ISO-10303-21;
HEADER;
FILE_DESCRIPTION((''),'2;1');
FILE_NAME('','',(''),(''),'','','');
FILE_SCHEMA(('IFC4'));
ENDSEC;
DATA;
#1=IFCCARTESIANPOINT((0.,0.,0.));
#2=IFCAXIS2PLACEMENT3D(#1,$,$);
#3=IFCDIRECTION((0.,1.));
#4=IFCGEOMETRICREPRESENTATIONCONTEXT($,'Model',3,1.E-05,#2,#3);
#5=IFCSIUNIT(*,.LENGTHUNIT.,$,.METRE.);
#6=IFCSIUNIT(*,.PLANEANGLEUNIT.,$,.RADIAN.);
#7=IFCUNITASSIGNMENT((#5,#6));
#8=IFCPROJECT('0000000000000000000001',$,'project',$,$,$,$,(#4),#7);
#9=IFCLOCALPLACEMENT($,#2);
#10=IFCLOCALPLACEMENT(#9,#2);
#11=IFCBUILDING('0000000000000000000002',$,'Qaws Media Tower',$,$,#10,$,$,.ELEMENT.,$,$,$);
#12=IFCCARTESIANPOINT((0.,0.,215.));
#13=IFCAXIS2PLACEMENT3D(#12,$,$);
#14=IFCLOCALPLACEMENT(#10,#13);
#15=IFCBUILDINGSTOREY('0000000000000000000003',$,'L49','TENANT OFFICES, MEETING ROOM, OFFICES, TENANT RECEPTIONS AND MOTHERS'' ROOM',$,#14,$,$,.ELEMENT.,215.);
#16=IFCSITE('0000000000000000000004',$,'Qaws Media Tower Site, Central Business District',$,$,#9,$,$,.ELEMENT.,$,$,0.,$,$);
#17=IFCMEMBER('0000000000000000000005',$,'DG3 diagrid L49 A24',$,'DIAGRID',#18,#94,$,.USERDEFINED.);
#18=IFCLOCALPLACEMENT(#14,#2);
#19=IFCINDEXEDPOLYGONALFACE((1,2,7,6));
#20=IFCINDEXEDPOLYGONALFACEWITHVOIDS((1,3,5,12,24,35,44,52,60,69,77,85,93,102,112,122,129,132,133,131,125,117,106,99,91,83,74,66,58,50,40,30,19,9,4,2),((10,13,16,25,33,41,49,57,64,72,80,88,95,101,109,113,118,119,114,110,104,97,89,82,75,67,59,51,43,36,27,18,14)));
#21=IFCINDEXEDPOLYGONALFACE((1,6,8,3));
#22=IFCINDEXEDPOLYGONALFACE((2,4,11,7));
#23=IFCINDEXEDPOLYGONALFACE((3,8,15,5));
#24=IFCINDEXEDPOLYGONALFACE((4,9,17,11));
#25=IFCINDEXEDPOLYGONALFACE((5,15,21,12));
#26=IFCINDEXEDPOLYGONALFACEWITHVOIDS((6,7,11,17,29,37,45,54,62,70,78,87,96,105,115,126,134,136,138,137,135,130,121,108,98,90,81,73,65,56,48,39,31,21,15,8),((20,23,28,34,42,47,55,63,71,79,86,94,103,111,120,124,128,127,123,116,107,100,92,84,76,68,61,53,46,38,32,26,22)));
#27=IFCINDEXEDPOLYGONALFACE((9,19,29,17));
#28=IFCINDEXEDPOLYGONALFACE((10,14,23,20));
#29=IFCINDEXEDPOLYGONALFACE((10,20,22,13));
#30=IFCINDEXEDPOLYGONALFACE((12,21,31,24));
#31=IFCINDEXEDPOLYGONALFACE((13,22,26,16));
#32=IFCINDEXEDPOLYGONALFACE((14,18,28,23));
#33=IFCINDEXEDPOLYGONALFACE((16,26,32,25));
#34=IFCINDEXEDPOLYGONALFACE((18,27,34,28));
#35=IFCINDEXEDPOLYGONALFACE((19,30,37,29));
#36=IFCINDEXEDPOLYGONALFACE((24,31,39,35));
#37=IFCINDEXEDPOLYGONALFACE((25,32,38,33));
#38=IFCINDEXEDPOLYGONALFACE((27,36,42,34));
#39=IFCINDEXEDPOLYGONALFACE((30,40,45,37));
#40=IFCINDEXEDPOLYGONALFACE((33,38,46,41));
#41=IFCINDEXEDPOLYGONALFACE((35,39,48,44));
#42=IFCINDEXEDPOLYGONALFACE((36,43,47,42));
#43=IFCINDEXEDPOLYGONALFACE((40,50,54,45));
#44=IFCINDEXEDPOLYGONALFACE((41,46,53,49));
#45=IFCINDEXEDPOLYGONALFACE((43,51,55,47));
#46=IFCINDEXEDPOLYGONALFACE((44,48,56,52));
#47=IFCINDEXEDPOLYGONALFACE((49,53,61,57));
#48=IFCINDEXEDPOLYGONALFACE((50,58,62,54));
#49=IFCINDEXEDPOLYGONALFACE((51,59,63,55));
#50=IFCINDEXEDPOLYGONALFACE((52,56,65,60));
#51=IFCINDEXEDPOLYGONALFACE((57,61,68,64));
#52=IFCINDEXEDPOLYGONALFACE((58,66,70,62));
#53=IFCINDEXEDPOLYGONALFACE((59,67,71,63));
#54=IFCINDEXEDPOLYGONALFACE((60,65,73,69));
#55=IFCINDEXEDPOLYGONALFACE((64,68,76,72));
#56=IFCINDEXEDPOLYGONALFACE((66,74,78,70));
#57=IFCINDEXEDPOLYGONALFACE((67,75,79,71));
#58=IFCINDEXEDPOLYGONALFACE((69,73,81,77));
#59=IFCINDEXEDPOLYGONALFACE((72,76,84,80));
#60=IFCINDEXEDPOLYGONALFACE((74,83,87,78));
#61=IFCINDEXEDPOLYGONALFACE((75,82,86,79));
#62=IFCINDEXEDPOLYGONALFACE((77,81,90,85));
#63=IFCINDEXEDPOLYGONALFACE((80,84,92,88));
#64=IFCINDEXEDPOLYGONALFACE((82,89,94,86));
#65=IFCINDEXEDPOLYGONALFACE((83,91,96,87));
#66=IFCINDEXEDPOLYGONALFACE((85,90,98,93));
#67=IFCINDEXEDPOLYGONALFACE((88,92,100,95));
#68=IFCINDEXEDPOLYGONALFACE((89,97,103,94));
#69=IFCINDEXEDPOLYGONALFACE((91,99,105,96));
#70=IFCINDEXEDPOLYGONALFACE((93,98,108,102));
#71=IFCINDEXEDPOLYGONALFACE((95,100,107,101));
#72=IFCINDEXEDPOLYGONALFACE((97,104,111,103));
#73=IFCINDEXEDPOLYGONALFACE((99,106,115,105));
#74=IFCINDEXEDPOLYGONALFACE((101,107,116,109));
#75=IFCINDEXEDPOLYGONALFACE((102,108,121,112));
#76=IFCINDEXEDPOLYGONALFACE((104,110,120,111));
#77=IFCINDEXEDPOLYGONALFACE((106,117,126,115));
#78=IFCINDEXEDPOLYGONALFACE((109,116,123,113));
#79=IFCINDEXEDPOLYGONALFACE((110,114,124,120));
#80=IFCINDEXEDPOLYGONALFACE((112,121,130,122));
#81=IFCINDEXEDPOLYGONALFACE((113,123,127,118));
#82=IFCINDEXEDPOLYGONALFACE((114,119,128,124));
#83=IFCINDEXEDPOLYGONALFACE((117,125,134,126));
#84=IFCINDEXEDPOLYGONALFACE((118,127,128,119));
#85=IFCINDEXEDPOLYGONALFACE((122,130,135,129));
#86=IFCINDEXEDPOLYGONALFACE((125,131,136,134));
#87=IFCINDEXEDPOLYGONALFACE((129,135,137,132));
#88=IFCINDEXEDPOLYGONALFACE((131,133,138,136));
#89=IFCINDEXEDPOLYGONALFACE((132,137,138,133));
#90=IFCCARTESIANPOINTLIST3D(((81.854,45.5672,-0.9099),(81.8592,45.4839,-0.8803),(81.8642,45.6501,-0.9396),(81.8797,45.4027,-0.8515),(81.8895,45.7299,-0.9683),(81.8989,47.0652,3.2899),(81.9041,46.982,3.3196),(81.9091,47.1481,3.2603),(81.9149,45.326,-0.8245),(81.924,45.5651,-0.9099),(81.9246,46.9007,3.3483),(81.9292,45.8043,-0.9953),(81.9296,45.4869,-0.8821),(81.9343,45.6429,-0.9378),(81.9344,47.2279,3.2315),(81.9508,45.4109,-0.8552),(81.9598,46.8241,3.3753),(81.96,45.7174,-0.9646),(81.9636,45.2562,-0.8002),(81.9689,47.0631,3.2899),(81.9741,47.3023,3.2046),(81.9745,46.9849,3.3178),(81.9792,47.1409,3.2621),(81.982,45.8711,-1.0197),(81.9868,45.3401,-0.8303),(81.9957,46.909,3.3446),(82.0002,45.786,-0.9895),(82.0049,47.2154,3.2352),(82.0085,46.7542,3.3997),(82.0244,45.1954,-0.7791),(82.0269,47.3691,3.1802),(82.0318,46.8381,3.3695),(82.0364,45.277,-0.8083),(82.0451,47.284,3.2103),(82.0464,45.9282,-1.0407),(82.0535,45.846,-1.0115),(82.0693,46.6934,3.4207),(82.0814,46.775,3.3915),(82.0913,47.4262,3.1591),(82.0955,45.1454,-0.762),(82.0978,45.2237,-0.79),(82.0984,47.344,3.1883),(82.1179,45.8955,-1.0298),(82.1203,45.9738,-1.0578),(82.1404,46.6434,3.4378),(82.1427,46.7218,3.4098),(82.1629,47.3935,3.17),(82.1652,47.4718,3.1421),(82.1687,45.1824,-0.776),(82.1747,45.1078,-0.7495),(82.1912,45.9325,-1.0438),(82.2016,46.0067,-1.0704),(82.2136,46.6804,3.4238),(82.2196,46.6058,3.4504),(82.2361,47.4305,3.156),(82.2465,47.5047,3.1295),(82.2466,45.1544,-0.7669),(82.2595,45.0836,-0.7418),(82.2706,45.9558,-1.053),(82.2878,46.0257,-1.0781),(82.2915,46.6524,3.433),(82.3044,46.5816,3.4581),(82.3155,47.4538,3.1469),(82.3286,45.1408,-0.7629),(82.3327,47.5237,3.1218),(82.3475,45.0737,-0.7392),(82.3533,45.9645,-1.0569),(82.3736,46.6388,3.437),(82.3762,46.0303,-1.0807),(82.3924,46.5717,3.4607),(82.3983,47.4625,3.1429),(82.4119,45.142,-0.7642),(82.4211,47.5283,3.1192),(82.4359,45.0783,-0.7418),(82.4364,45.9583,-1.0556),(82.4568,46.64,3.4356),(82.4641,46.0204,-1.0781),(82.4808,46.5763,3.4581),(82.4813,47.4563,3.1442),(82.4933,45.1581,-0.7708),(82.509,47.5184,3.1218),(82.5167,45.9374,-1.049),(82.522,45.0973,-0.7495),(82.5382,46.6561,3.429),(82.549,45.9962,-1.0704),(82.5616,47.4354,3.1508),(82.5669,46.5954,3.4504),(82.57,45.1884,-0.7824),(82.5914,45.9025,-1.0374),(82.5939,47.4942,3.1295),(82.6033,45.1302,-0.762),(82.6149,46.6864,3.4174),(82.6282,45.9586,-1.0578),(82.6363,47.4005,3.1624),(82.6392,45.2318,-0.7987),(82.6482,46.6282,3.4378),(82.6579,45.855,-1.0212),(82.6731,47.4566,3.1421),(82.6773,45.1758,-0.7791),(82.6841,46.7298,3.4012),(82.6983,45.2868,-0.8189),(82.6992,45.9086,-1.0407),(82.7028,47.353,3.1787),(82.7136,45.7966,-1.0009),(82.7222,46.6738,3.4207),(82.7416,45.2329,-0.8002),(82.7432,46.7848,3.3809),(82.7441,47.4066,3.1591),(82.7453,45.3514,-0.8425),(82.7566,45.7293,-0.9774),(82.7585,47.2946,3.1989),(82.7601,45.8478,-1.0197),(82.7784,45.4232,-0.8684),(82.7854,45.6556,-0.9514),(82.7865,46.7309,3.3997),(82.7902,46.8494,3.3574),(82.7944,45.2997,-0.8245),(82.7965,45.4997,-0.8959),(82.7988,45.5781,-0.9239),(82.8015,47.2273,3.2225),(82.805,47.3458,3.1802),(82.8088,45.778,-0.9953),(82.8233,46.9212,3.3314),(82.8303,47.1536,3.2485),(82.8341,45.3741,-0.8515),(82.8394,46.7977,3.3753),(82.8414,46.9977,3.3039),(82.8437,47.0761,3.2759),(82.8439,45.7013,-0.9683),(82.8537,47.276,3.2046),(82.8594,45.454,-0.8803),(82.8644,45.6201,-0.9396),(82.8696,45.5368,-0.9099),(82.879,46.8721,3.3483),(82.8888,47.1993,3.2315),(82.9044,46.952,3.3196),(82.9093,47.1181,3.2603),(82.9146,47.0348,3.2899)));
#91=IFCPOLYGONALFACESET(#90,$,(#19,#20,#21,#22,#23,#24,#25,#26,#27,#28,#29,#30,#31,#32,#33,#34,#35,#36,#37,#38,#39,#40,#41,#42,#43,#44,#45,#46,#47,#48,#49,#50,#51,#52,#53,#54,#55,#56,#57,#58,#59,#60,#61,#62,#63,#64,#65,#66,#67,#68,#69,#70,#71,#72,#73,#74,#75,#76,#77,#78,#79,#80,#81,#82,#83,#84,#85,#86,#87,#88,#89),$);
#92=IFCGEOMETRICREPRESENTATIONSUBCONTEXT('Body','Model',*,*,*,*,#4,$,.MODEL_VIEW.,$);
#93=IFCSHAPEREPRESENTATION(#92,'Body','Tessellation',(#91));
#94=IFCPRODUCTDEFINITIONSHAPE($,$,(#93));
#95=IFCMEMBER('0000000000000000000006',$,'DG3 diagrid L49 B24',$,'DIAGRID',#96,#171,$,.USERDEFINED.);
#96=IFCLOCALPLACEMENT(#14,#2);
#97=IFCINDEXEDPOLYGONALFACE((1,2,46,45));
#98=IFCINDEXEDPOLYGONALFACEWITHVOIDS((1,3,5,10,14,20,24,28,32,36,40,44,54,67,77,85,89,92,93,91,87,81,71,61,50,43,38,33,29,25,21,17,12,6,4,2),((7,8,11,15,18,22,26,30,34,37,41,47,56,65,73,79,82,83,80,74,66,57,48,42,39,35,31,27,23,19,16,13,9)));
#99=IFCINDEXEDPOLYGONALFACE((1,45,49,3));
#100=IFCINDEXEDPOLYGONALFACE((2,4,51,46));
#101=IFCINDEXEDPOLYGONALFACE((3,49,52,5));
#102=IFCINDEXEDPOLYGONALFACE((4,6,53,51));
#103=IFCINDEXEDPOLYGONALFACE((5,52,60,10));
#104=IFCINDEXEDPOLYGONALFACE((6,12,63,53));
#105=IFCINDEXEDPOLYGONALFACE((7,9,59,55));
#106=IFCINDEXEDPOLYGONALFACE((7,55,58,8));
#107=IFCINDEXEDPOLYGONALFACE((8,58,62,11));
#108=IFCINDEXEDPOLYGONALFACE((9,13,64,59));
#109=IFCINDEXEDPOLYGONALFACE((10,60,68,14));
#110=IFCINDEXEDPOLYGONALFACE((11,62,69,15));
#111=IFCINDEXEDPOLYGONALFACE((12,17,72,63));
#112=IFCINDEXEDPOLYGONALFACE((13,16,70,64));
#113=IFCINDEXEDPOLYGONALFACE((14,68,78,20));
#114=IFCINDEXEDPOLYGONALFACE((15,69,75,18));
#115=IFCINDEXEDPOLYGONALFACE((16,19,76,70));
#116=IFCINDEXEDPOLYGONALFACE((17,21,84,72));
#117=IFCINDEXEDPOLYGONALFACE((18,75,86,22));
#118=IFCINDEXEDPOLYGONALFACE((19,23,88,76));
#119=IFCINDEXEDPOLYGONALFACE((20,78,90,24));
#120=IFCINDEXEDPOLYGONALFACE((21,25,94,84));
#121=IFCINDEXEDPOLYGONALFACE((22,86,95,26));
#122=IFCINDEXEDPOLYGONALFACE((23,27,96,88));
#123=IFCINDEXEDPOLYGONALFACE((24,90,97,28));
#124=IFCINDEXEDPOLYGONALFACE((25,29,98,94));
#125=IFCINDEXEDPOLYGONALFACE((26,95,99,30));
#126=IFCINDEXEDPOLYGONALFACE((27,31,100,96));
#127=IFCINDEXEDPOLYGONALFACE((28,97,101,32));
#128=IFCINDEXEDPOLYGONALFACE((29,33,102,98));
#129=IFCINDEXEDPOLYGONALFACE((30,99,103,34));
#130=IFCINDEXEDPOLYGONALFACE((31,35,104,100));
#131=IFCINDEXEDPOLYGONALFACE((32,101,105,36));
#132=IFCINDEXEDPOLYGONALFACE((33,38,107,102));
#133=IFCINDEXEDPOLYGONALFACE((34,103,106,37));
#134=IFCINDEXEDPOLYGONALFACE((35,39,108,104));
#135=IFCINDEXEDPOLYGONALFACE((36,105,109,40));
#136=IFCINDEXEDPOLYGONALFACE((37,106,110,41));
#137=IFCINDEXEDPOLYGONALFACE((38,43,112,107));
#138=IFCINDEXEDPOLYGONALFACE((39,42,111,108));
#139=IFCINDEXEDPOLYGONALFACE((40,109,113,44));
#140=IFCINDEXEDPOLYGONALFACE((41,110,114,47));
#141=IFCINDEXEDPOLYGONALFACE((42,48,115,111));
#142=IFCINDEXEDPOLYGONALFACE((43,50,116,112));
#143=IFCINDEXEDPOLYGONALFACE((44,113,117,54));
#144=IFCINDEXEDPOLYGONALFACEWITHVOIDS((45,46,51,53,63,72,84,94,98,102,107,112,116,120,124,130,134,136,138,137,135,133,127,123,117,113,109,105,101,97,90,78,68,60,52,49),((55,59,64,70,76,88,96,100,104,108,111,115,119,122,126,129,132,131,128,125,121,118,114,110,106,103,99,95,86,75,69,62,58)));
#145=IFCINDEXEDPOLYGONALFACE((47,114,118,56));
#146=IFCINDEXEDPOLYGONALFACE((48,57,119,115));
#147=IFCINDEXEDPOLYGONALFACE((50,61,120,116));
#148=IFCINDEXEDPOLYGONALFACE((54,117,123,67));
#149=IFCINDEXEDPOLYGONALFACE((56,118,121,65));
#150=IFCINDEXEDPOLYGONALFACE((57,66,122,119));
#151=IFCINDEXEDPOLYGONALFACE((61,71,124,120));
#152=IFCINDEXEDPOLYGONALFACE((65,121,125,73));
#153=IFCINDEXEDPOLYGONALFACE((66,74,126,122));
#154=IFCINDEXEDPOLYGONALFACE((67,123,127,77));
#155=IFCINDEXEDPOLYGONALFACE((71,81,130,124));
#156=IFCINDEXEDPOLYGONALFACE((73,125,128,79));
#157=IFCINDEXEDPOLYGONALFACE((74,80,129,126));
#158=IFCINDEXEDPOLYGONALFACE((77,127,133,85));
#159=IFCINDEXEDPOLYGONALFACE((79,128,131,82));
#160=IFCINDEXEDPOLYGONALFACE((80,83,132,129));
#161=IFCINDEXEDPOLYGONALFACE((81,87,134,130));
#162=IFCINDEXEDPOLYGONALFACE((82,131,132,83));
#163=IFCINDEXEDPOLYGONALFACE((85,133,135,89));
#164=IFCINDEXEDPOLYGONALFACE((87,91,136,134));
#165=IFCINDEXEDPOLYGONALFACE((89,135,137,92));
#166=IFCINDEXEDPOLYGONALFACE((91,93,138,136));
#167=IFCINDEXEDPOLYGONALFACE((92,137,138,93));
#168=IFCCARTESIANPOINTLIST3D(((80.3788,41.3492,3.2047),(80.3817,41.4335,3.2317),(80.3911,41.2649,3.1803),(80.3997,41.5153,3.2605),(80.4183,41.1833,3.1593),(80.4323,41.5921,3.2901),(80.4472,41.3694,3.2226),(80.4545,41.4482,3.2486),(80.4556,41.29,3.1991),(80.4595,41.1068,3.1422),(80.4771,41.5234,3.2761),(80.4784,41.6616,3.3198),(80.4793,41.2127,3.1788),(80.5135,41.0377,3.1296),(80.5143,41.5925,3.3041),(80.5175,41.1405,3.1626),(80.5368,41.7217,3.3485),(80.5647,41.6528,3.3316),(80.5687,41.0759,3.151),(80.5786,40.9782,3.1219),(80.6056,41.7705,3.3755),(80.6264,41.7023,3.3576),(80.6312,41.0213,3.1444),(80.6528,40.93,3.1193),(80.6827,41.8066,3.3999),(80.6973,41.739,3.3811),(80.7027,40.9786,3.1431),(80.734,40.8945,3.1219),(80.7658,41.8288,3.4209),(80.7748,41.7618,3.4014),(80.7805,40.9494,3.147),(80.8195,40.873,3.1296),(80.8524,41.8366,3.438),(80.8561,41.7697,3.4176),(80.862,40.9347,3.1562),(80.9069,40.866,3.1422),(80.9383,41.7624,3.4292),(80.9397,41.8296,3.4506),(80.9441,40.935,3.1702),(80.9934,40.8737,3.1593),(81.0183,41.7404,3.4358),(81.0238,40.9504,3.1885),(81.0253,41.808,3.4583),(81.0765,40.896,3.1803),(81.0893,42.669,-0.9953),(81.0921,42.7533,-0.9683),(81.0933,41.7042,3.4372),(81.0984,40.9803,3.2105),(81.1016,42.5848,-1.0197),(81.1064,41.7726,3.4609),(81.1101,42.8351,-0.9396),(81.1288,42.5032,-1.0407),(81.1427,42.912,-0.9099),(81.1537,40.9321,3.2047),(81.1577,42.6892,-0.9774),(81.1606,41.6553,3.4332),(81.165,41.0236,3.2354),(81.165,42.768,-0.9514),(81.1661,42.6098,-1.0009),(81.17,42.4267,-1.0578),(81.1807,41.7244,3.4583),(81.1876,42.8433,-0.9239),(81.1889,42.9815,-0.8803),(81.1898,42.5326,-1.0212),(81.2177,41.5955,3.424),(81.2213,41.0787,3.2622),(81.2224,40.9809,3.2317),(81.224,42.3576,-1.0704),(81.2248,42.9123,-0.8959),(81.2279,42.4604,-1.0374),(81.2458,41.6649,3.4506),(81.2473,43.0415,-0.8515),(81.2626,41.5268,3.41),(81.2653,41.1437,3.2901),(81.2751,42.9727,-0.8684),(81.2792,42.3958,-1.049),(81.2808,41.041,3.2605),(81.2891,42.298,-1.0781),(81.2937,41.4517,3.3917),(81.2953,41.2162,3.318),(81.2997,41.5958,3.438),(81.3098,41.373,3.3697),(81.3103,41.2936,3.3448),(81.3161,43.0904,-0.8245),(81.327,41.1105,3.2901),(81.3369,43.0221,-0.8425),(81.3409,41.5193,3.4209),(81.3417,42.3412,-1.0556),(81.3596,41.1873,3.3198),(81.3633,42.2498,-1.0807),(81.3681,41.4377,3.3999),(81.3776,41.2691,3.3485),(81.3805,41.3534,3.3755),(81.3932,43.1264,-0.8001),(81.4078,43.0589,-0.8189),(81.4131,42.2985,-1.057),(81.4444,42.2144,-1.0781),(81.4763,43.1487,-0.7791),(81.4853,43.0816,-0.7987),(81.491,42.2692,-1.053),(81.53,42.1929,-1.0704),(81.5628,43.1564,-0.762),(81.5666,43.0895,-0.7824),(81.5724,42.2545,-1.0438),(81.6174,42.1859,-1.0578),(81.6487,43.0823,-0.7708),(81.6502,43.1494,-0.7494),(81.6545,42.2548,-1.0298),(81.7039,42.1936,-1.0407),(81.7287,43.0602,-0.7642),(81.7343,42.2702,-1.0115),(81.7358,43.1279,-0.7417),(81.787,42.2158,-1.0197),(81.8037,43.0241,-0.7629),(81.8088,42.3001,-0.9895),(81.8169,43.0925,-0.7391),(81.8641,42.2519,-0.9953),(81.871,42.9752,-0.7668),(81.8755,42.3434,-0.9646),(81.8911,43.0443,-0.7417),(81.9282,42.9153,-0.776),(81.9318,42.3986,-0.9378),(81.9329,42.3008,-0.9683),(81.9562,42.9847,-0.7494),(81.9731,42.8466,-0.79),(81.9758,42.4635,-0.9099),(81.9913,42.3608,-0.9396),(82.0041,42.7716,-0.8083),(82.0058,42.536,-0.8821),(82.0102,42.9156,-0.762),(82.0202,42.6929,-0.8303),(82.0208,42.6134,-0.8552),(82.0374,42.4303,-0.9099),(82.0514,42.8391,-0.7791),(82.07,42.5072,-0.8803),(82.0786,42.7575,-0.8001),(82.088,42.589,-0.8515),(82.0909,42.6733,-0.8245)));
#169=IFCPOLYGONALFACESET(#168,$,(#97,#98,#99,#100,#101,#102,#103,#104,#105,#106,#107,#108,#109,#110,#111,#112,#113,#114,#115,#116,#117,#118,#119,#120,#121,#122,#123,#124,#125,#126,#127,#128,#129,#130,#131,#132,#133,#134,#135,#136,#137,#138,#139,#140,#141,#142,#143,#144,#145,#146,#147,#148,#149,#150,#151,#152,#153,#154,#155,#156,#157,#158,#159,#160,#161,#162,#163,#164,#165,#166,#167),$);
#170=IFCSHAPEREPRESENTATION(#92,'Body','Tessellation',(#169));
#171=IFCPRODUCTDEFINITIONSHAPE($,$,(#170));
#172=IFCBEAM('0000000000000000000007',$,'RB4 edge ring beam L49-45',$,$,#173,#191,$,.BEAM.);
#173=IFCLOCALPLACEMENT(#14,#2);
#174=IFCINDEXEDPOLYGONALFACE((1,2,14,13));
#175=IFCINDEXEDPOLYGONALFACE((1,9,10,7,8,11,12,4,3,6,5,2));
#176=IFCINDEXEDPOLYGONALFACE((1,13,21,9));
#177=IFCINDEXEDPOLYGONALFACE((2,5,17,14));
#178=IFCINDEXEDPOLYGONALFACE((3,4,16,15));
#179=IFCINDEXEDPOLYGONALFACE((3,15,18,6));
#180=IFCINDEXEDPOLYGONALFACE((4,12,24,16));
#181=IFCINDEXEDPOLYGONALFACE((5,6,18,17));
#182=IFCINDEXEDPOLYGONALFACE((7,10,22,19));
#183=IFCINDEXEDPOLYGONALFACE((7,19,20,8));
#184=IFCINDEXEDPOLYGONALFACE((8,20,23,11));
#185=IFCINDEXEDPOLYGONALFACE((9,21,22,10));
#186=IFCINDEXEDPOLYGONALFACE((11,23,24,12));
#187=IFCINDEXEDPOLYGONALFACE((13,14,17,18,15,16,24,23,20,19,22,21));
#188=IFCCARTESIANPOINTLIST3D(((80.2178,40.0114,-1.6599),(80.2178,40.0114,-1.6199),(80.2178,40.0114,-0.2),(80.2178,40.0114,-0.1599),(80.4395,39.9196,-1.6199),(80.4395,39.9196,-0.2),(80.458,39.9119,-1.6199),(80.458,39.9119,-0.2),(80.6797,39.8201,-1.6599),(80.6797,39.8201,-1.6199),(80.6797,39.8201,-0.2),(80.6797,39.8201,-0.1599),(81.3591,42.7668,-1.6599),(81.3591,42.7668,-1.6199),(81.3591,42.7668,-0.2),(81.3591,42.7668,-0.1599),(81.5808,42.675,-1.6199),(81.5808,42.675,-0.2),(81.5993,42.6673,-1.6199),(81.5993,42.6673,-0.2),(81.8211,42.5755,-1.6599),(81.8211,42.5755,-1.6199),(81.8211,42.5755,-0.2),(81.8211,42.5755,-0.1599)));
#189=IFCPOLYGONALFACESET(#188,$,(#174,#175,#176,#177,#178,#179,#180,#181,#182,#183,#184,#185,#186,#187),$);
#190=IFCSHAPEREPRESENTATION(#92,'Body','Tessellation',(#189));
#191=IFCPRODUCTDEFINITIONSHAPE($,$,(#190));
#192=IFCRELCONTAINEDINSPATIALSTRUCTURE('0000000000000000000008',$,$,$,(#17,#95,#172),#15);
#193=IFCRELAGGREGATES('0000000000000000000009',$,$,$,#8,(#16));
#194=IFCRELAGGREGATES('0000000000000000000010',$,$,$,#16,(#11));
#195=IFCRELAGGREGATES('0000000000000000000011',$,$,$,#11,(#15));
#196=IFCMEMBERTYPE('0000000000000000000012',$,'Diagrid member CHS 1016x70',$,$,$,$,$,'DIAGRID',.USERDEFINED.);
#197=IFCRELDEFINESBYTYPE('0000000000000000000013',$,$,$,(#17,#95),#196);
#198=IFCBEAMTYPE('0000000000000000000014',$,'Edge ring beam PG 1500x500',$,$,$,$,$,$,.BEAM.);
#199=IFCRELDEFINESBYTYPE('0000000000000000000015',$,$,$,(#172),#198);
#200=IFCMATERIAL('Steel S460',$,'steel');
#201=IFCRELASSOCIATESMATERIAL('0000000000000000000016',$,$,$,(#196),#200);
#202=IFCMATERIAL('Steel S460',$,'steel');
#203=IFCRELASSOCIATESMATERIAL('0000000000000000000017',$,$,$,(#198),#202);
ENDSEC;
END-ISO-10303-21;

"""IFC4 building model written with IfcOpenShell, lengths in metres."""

from ifc_helpers import new_model, si_unit, direction, frame, origin, origin_2d, place, context, subcontext, project, spatial, hollow_circle, i_section, extrude, material, material_profile, profile_set, type_object, element, save


model = new_model("IFC4")

# Units and contexts
model_context = context("Model", 3, precision=1e-05, world=origin(), true_north=direction((0.0, 1.0)))
body_context = subcontext(model_context, "Body", "Model", "MODEL_VIEW")
ifc_project = project(units=[si_unit("LENGTHUNIT", "METRE"), si_unit("PLANEANGLEUNIT", "RADIAN")], contexts=[model_context])

# Site, building, storey
site_placement = place(None, origin())
site = spatial("IfcSite", under=ifc_project, at=site_placement, Name="Qaws Media Tower Site, Central Business District", CompositionType="ELEMENT", RefElevation=0.0)
building_placement = place(site_placement, origin())
building = spatial("IfcBuilding", under=site, at=building_placement, Name="Qaws Media Tower", CompositionType="ELEMENT")
storey_placement = place(building_placement, frame((0.0, 0.0, 215.0)))
storey = spatial("IfcBuildingStorey", under=building, at=storey_placement, Name="L49", Description="TENANT OFFICES, MEETING ROOM, OFFICES, TENANT RECEPTIONS AND MOTHERS' ROOM", CompositionType="ELEMENT", Elevation=215.0)

# Members
ifc_material_1 = material(Name="Steel S460", Category="steel")
ifc_material_profile_1 = material_profile(ifc_material_1, hollow_circle(Radius=0.5081, WallThickness=0.0701, at=origin_2d()), Name="CHS 1016x70")
ifc_profile_set_1 = profile_set([ifc_material_profile_1], Name="Steel S460")
member_type_1 = type_object("IfcMemberType", Name="Diagrid member CHS 1016x70", ElementType="DIAGRID", PredefinedType="USERDEFINED", material=ifc_profile_set_1)
member_1_placement = place(storey_placement, frame((82.3618, 45.552, -0.9099), z_axis=(0.010074, 0.335934, 0.941832), x_axis=(-0.999551, 0.029973, 0.0)))
element("IfcMember", 1, at=member_1_placement, inside=storey, type_object=member_type_1, Name="DG3 diagrid L49 A24", ObjectType="DIAGRID", PredefinedType="USERDEFINED", context=body_context, shape_type="SweptSolid", body=[
    extrude(hollow_circle(Radius=0.5081, WallThickness=0.0701, at=origin_2d()), origin(), (0.0, 0.0, 1.0), 4.4592),
])
member_2_placement = place(storey_placement, frame((81.5901, 42.6711, -0.9099), z_axis=(-0.159315, -0.295964, 0.941819), x_axis=(0.880534, -0.473983, 0.0)))
element("IfcMember", 2, at=member_2_placement, inside=storey, type_object=member_type_1, Name="DG3 diagrid L49 B24", ObjectType="DIAGRID", PredefinedType="USERDEFINED", context=body_context, shape_type="SweptSolid", body=[
    extrude(hollow_circle(Radius=0.5081, WallThickness=0.0701, at=origin_2d()), origin(), (0.0, 0.0, 1.0), 4.4595),
])

# Beam
ifc_material_2 = material(Name="Steel S460", Category="steel")
ifc_material_profile_2 = material_profile(ifc_material_2, i_section(OverallWidth=0.5, OverallDepth=1.5, WebThickness=0.02, FlangeThickness=0.04, at=origin_2d()), Name="PG 1500x500")
ifc_profile_set_2 = profile_set([ifc_material_profile_2], Name="Steel S460")
beam_type_1 = type_object("IfcBeamType", Name="Edge ring beam PG 1500x500", PredefinedType="BEAM", material=ifc_profile_set_2)
for number, where, z_axis, x_axis, name in (
    (3, (80.4487, 39.9158, -0.9099), (0.382696, 0.923874, 0.0), (-0.923874, 0.382696, 0.0), "RB4 edge ring beam L49-45"),
):
    element("IfcBeam", number, at=place(storey_placement, frame(where, z_axis=z_axis, x_axis=x_axis)), inside=storey, type_object=beam_type_1, Name=name, PredefinedType="BEAM", context=body_context, shape_type="SweptSolid", body=[
        extrude(i_section(OverallWidth=0.5, OverallDepth=1.5, WebThickness=0.02, FlangeThickness=0.04, at=origin_2d()), origin(), (0.0, 0.0, 1.0), 2.9824),
    ])

save(model, "model.ifc")
